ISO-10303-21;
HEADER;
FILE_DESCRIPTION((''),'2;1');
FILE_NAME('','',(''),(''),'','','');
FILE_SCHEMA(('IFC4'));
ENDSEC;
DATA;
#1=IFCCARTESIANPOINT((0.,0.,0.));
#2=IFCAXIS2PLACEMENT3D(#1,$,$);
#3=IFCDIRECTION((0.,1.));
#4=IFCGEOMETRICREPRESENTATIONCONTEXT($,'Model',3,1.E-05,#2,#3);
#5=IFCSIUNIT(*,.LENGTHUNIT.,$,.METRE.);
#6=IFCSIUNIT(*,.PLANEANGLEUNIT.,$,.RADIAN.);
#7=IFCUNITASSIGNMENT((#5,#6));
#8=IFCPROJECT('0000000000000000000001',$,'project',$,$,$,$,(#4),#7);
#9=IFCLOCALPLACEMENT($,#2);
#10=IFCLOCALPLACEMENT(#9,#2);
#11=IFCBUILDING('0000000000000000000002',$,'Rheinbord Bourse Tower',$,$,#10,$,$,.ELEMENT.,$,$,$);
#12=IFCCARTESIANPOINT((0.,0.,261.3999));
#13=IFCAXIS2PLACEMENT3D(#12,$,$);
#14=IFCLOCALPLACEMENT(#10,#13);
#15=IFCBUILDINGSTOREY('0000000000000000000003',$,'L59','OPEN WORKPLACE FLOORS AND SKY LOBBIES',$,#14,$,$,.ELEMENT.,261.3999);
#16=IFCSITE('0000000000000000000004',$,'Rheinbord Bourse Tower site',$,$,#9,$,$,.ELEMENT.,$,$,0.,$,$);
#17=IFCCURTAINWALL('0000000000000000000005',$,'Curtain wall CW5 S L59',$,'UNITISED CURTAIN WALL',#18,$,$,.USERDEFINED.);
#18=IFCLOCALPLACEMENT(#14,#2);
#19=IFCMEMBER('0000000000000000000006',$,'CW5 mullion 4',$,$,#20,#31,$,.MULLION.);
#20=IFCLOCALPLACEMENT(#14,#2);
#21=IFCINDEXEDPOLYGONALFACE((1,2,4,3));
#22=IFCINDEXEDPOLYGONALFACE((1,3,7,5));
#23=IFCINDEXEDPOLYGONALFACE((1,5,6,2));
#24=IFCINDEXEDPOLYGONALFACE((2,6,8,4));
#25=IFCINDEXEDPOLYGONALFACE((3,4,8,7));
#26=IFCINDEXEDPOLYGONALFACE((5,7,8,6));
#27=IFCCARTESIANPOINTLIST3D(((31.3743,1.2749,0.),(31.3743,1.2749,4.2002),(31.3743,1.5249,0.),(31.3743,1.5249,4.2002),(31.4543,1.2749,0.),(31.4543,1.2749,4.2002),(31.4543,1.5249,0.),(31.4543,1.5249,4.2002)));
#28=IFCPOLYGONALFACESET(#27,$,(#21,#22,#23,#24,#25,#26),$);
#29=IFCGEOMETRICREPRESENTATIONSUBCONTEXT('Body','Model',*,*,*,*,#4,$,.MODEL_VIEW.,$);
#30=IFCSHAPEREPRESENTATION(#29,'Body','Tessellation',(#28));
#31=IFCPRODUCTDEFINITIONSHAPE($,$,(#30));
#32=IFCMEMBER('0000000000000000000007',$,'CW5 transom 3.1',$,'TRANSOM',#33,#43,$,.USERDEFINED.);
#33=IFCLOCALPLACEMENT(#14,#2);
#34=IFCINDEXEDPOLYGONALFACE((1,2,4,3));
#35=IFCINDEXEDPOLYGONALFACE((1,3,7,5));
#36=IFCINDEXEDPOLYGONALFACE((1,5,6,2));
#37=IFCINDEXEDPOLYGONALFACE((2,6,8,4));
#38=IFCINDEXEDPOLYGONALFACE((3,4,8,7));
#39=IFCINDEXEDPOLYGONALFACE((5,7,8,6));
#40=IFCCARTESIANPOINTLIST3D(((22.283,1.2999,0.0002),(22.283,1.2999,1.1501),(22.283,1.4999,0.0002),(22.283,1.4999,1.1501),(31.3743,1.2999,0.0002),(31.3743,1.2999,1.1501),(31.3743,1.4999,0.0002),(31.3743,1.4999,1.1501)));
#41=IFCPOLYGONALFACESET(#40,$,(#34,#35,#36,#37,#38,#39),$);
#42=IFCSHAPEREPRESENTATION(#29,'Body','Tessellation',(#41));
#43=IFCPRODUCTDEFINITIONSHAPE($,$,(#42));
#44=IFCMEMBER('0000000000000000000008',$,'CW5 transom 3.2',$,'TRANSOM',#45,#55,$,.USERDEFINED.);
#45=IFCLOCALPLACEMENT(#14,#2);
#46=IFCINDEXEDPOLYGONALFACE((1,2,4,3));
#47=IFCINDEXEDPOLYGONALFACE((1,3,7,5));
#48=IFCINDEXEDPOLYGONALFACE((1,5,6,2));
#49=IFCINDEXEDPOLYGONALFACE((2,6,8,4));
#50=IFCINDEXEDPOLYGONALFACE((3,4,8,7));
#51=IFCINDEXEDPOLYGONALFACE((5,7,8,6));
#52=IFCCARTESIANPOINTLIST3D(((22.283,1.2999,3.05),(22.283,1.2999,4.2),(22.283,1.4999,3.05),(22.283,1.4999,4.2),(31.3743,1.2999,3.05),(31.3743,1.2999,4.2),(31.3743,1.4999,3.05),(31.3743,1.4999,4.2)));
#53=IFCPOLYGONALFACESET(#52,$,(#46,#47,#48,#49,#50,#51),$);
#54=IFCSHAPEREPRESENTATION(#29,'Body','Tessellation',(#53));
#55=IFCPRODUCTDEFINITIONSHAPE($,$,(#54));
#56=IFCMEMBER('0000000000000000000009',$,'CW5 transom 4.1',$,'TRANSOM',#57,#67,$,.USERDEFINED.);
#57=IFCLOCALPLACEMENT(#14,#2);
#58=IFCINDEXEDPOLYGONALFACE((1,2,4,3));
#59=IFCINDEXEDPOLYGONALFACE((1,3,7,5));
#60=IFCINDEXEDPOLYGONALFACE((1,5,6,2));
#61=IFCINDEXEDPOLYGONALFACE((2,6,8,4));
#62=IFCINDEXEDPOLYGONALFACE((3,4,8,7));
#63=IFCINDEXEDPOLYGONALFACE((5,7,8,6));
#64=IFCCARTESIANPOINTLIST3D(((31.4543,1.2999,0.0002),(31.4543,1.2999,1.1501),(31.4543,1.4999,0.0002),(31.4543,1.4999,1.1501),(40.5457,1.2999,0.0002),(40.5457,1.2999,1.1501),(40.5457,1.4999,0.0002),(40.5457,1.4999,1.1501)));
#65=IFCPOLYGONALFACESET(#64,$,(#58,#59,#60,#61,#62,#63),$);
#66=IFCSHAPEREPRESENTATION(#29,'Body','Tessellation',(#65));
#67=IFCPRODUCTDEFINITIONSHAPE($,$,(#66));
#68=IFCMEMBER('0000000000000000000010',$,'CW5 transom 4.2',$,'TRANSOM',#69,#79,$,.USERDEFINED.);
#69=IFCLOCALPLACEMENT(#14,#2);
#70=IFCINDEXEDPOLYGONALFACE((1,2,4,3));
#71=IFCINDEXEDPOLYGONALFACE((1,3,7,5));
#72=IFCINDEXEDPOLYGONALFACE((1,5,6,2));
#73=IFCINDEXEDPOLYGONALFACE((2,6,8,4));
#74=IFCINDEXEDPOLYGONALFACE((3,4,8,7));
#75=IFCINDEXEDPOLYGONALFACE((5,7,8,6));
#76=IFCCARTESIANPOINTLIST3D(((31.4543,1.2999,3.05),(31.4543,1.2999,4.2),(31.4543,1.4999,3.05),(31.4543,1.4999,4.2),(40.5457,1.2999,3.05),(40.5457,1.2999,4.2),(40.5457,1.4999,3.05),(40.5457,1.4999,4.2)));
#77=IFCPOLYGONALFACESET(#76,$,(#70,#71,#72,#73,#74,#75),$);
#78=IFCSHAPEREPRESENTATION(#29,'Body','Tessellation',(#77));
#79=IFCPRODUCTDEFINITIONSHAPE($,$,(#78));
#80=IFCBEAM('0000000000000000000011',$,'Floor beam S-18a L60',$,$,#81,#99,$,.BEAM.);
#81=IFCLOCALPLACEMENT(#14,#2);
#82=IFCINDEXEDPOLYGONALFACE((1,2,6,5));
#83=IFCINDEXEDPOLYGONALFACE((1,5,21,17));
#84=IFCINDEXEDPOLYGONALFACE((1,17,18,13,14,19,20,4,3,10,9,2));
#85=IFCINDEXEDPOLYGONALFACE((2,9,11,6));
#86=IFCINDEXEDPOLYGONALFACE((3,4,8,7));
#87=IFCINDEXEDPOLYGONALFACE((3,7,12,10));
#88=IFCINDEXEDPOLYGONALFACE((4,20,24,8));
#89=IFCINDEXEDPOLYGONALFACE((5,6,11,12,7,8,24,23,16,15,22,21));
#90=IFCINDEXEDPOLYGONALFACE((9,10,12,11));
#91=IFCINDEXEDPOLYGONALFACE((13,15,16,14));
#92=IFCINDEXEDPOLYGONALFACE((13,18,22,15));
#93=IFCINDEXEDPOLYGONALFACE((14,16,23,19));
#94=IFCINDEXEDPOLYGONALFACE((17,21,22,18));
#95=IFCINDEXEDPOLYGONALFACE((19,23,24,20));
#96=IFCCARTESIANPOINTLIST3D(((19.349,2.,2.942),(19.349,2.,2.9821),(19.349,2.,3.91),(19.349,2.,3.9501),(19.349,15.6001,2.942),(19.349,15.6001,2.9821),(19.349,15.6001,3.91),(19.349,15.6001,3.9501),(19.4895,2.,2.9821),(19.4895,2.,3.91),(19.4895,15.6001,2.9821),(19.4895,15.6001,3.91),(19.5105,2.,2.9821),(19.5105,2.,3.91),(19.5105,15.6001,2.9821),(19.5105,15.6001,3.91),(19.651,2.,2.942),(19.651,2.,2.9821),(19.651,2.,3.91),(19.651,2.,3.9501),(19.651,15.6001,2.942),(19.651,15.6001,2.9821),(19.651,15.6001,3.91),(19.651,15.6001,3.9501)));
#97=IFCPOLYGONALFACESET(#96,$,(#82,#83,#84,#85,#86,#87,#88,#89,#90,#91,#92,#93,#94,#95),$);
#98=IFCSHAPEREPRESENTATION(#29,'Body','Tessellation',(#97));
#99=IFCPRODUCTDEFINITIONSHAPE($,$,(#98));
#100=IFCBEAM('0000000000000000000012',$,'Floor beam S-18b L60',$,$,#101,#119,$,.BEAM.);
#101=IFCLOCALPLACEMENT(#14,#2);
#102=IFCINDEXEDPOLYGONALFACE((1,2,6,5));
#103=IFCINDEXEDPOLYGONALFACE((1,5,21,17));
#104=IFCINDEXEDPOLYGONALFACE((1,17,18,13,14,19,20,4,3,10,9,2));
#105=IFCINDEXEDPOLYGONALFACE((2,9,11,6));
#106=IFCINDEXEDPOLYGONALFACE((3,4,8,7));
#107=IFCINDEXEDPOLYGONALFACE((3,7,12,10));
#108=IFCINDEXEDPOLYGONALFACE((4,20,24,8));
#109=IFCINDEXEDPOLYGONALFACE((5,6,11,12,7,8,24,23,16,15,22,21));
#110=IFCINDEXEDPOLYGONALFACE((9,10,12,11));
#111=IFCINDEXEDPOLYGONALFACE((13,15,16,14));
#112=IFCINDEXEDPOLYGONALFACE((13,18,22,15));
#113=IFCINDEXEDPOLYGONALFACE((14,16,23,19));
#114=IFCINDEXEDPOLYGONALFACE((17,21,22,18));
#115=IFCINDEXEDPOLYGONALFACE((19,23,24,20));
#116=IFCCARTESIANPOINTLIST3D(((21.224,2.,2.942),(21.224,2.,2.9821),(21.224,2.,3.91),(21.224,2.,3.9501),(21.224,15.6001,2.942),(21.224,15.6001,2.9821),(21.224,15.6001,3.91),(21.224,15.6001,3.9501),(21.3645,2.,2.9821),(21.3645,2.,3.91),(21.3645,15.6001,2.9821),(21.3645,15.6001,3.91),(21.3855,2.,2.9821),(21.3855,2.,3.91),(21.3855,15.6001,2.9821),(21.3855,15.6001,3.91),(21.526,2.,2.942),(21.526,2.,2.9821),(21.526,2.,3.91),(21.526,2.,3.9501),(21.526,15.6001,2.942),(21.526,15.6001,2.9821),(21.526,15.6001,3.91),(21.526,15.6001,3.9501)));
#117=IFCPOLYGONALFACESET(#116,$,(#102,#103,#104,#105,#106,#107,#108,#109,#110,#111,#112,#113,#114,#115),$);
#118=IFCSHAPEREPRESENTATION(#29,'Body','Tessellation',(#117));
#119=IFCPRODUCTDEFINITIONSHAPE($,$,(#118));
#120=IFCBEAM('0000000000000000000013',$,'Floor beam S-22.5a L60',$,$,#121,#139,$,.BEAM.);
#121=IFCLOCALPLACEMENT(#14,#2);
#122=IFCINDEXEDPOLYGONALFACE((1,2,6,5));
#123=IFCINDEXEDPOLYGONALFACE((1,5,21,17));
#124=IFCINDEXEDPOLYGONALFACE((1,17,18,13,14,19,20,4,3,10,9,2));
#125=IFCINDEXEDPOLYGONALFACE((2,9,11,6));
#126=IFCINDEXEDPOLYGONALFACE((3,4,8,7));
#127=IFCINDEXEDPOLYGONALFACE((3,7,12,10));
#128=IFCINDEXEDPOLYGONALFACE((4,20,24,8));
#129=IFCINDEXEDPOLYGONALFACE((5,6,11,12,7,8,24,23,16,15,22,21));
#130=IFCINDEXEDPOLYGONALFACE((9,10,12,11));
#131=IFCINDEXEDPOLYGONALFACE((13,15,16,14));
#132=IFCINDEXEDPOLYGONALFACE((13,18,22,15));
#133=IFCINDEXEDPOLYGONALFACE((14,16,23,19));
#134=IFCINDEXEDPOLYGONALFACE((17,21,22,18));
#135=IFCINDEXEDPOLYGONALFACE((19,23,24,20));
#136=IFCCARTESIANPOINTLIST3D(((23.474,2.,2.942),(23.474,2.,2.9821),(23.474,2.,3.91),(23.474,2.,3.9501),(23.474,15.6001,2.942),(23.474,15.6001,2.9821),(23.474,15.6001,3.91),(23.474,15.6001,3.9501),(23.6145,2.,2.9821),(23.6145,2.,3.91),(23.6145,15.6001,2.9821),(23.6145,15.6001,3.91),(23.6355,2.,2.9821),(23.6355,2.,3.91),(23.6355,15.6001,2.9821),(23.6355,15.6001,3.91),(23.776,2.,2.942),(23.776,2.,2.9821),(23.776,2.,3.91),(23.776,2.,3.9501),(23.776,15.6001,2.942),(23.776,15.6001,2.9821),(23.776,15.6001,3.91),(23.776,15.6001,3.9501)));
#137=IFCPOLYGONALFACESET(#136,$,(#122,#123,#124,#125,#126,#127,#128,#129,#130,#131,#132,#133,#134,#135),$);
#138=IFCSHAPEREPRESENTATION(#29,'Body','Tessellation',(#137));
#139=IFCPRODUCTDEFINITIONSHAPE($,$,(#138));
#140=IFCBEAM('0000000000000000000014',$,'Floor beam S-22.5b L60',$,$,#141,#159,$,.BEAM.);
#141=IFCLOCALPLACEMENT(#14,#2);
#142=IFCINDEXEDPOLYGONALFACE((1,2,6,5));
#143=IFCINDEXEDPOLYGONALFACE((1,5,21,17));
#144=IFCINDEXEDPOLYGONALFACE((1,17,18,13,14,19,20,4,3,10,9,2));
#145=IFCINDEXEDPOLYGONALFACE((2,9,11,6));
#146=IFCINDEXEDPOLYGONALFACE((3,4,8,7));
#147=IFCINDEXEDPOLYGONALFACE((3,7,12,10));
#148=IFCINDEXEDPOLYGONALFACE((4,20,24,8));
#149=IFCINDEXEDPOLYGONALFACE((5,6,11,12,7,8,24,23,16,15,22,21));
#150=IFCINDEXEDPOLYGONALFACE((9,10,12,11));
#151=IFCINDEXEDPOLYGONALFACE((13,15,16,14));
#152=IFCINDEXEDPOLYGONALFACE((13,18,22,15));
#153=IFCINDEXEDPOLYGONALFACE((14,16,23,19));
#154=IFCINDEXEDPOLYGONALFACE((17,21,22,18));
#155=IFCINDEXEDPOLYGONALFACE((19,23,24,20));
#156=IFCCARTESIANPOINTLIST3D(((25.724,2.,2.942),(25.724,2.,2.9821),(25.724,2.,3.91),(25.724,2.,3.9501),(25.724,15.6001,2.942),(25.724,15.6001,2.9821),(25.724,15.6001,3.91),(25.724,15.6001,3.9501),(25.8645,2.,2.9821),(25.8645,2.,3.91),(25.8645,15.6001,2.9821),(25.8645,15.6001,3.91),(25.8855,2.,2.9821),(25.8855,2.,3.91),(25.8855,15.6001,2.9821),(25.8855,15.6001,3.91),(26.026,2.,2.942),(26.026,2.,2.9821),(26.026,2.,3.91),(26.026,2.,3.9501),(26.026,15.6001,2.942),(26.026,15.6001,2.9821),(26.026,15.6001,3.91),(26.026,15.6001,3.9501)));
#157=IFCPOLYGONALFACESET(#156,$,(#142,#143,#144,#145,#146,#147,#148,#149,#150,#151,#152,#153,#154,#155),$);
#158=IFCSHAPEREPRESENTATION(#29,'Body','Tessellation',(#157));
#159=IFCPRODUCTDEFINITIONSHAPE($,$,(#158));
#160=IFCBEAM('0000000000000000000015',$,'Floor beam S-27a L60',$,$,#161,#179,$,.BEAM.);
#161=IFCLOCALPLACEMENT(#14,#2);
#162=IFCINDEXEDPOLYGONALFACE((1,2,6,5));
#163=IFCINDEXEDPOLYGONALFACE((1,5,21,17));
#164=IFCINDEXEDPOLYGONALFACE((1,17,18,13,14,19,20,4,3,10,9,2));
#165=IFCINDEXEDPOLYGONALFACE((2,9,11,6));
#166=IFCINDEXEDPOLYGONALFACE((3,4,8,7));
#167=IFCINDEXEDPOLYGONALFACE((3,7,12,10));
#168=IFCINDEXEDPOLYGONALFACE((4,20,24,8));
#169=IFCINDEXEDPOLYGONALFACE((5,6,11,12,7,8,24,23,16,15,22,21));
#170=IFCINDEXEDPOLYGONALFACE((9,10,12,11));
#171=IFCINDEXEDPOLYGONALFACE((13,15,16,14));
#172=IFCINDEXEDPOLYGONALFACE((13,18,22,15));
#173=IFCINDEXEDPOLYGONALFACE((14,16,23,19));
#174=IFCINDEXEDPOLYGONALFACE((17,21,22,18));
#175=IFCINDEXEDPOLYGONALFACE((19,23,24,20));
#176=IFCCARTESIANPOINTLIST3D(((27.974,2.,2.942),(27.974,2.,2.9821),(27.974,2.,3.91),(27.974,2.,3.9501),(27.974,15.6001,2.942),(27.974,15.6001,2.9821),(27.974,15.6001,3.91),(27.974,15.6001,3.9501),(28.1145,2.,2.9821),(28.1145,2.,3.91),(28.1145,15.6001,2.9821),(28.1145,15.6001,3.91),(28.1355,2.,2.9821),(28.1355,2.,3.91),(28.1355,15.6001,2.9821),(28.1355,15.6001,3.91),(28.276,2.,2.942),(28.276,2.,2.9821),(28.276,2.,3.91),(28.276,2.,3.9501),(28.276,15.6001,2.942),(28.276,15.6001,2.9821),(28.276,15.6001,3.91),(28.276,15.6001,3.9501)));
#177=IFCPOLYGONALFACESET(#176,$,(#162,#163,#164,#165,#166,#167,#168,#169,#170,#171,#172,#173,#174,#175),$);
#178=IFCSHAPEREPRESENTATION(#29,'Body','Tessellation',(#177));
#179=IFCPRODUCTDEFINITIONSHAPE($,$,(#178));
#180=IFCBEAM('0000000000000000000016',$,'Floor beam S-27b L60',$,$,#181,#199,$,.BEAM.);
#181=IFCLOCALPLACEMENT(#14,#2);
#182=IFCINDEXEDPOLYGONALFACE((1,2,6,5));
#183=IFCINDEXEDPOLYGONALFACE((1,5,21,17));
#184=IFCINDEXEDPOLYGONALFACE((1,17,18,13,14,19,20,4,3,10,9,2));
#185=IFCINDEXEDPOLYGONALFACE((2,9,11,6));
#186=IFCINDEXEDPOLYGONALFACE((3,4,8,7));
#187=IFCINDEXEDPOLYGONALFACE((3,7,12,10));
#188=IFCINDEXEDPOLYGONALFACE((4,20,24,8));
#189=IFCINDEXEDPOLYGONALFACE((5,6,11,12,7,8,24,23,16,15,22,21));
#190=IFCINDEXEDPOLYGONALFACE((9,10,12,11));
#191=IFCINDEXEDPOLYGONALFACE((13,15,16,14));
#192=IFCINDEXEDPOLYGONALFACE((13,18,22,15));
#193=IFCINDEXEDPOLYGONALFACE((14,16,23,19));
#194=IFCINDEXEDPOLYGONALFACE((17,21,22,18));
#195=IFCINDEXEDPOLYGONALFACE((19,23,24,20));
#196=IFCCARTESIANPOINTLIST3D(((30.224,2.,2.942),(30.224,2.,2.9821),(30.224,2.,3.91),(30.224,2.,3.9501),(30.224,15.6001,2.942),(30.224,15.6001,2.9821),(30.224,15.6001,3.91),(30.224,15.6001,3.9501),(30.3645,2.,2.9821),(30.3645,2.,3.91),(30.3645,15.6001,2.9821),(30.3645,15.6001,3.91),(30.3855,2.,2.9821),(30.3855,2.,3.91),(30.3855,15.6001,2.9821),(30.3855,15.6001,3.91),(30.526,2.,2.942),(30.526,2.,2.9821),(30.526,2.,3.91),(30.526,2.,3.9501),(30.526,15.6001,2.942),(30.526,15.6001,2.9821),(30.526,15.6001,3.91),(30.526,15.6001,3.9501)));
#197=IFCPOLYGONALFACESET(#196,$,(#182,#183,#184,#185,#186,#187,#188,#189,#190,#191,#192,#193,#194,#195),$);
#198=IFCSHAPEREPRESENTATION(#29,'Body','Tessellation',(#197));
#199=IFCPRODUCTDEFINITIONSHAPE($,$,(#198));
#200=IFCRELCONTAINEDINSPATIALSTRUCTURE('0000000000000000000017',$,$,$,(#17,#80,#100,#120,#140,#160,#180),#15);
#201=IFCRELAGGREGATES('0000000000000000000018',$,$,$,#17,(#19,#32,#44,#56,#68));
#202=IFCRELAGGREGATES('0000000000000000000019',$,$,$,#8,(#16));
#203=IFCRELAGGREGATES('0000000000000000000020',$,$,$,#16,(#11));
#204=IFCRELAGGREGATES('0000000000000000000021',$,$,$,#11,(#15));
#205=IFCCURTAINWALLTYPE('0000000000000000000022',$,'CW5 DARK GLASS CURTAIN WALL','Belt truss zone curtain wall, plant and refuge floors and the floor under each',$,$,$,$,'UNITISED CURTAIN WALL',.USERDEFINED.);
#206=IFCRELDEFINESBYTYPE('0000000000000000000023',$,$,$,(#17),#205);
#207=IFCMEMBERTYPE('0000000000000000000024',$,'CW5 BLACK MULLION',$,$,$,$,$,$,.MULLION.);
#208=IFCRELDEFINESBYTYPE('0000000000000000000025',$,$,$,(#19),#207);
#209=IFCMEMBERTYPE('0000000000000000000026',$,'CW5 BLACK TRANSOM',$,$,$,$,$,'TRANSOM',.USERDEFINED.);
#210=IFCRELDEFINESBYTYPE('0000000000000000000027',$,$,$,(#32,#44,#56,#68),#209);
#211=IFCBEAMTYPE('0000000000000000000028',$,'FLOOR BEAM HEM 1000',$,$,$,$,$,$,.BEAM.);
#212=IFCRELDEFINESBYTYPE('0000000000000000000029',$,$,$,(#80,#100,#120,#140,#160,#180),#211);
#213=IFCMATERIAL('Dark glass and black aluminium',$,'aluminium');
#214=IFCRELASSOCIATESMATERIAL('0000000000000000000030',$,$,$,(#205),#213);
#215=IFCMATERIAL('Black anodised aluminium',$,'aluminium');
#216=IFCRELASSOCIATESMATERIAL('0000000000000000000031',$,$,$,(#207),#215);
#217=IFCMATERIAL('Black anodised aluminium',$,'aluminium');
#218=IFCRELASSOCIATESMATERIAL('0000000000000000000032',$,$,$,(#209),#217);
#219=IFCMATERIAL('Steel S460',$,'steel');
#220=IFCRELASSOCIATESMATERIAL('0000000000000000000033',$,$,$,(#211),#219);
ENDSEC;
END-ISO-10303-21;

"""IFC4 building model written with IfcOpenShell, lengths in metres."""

from ifc_helpers import new_model, si_unit, direction, frame, origin, origin_2d, place, context, subcontext, project, spatial, rectangle, i_section, extrude, material, material_profile, profile_set, type_object, element, aggregate, save


model = new_model("IFC4")

# Units and contexts
model_context = context("Model", 3, precision=1e-05, world=origin(), true_north=direction((0.0, 1.0)))
body_context = subcontext(model_context, "Body", "Model", "MODEL_VIEW")
ifc_project = project(units=[si_unit("LENGTHUNIT", "METRE"), si_unit("PLANEANGLEUNIT", "RADIAN")], contexts=[model_context])

# Site, building, storey
site_placement = place(None, origin())
site = spatial("IfcSite", under=ifc_project, at=site_placement, Name="Rheinbord Bourse Tower site", CompositionType="ELEMENT", RefElevation=0.0)
building_placement = place(site_placement, origin())
building = spatial("IfcBuilding", under=site, at=building_placement, Name="Rheinbord Bourse Tower", CompositionType="ELEMENT")
storey_placement = place(building_placement, frame((0.0, 0.0, 261.3999)))
storey = spatial("IfcBuildingStorey", under=building, at=storey_placement, Name="L59", Description="OPEN WORKPLACE FLOORS AND SKY LOBBIES", CompositionType="ELEMENT", Elevation=261.3999)

# Curtain wall, members
ifc_material_1 = material(Name="Dark glass and black aluminium", Category="aluminium")
curtain_wall_type = type_object("IfcCurtainWallType", Name="CW5 DARK GLASS CURTAIN WALL", Description="Belt truss zone curtain wall, plant and refuge floors and the floor under each", ElementType="UNITISED CURTAIN WALL", PredefinedType="USERDEFINED", material=ifc_material_1)
curtain_wall_placement = place(storey_placement, origin())
curtain_wall = element("IfcCurtainWall", 1, at=curtain_wall_placement, inside=storey, type_object=curtain_wall_type, Name="Curtain wall CW5 S L59", ObjectType="UNITISED CURTAIN WALL", PredefinedType="USERDEFINED")
ifc_material_2 = material(Name="Black anodised aluminium", Category="aluminium")
ifc_material_profile_1 = material_profile(ifc_material_2, rectangle(XDim=0.25, YDim=0.0801, at=origin_2d()), Name="CW5 MULLION 80x250")
ifc_profile_set_1 = profile_set([ifc_material_profile_1], Name="Black anodised aluminium")
member_type_1 = type_object("IfcMemberType", Name="CW5 BLACK MULLION", PredefinedType="MULLION", material=ifc_profile_set_1)
member_1_placement = place(storey_placement, frame((31.4143, 1.3999, 0.0), z_axis=(0.0, 0.0, 1.0), x_axis=(0.0, 1.0, 0.0)))
member_1 = element("IfcMember", 2, at=member_1_placement, type_object=member_type_1, Name="CW5 mullion 4", PredefinedType="MULLION", context=body_context, shape_type="SweptSolid", body=[
    extrude(rectangle(XDim=0.25, YDim=0.0801, at=origin_2d()), origin(), (0.0, 0.0, 1.0), 4.2002),
])
ifc_material_3 = material(Name="Black anodised aluminium", Category="aluminium")
ifc_material_profile_2 = material_profile(ifc_material_3, rectangle(XDim=0.2, YDim=1.1499, at=origin_2d()), Name="CW5 TRANSOM 1150x200")
ifc_profile_set_2 = profile_set([ifc_material_profile_2], Name="Black anodised aluminium")
member_type_2 = type_object("IfcMemberType", Name="CW5 BLACK TRANSOM", ElementType="TRANSOM", PredefinedType="USERDEFINED", material=ifc_profile_set_2)
member_2_placement = place(storey_placement, frame((22.283, 1.3999, 0.5752), z_axis=(1.0, 0.0, 0.0), x_axis=(0.0, 1.0, 0.0)))
member_2 = element("IfcMember", 3, at=member_2_placement, type_object=member_type_2, Name="CW5 transom 3.1", ObjectType="TRANSOM", PredefinedType="USERDEFINED", context=body_context, shape_type="SweptSolid", body=[
    extrude(rectangle(XDim=0.2, YDim=1.1499, at=origin_2d()), origin(), (0.0, 0.0, 1.0), 9.0913),
])
member_3_placement = place(storey_placement, frame((22.283, 1.3999, 3.625), z_axis=(1.0, 0.0, 0.0), x_axis=(0.0, 1.0, 0.0)))
member_3 = element("IfcMember", 4, at=member_3_placement, type_object=member_type_2, Name="CW5 transom 3.2", ObjectType="TRANSOM", PredefinedType="USERDEFINED", context=body_context, shape_type="SweptSolid", body=[
    extrude(rectangle(XDim=0.2, YDim=1.1499, at=origin_2d()), origin(), (0.0, 0.0, 1.0), 9.0913),
])
member_4_placement = place(storey_placement, frame((31.4543, 1.3999, 0.5752), z_axis=(1.0, 0.0, 0.0), x_axis=(0.0, 1.0, 0.0)))
member_4 = element("IfcMember", 5, at=member_4_placement, type_object=member_type_2, Name="CW5 transom 4.1", ObjectType="TRANSOM", PredefinedType="USERDEFINED", context=body_context, shape_type="SweptSolid", body=[
    extrude(rectangle(XDim=0.2, YDim=1.1499, at=origin_2d()), origin(), (0.0, 0.0, 1.0), 9.0913),
])
member_5_placement = place(storey_placement, frame((31.4543, 1.3999, 3.625), z_axis=(1.0, 0.0, 0.0), x_axis=(0.0, 1.0, 0.0)))
member_5 = element("IfcMember", 6, at=member_5_placement, type_object=member_type_2, Name="CW5 transom 4.2", ObjectType="TRANSOM", PredefinedType="USERDEFINED", context=body_context, shape_type="SweptSolid", body=[
    extrude(rectangle(XDim=0.2, YDim=1.1499, at=origin_2d()), origin(), (0.0, 0.0, 1.0), 9.0913),
])

# Beams
ifc_material_4 = material(Name="Steel S460", Category="steel")
ifc_material_profile_3 = material_profile(ifc_material_4, i_section(OverallWidth=0.302, OverallDepth=1.0081, WebThickness=0.021, FlangeThickness=0.04, at=origin_2d()), Name="HEM 1000")
ifc_profile_set_3 = profile_set([ifc_material_profile_3], Name="Steel S460")
beam_type_1 = type_object("IfcBeamType", Name="FLOOR BEAM HEM 1000", PredefinedType="BEAM", material=ifc_profile_set_3)
for number, where, z_axis, x_axis, name in (
    (7, (19.5, 2.0, 3.446), (0.0, 1.0, 0.0), (-1.0, 0.0, 0.0), "Floor beam S-18a L60"),
    (8, (21.375, 2.0, 3.446), (0.0, 1.0, 0.0), (-1.0, 0.0, 0.0), "Floor beam S-18b L60"),
    (9, (23.625, 2.0, 3.446), (0.0, 1.0, 0.0), (-1.0, 0.0, 0.0), "Floor beam S-22.5a L60"),
    (10, (25.875, 2.0, 3.446), (0.0, 1.0, 0.0), (-1.0, 0.0, 0.0), "Floor beam S-22.5b L60"),
    (11, (28.125, 2.0, 3.446), (0.0, 1.0, 0.0), (-1.0, 0.0, 0.0), "Floor beam S-27a L60"),
    (12, (30.375, 2.0, 3.446), (0.0, 1.0, 0.0), (-1.0, 0.0, 0.0), "Floor beam S-27b L60"),
):
    element("IfcBeam", number, at=place(storey_placement, frame(where, z_axis=z_axis, x_axis=x_axis)), inside=storey, type_object=beam_type_1, Name=name, PredefinedType="BEAM", context=body_context, shape_type="SweptSolid", body=[
        extrude(i_section(OverallWidth=0.302, OverallDepth=1.0081, WebThickness=0.021, FlangeThickness=0.04, at=origin_2d()), origin(), (0.0, 0.0, 1.0), 13.6001),
    ])

aggregate(curtain_wall, [member_1, member_2, member_3, member_4, member_5])

save(model, "model.ifc")
